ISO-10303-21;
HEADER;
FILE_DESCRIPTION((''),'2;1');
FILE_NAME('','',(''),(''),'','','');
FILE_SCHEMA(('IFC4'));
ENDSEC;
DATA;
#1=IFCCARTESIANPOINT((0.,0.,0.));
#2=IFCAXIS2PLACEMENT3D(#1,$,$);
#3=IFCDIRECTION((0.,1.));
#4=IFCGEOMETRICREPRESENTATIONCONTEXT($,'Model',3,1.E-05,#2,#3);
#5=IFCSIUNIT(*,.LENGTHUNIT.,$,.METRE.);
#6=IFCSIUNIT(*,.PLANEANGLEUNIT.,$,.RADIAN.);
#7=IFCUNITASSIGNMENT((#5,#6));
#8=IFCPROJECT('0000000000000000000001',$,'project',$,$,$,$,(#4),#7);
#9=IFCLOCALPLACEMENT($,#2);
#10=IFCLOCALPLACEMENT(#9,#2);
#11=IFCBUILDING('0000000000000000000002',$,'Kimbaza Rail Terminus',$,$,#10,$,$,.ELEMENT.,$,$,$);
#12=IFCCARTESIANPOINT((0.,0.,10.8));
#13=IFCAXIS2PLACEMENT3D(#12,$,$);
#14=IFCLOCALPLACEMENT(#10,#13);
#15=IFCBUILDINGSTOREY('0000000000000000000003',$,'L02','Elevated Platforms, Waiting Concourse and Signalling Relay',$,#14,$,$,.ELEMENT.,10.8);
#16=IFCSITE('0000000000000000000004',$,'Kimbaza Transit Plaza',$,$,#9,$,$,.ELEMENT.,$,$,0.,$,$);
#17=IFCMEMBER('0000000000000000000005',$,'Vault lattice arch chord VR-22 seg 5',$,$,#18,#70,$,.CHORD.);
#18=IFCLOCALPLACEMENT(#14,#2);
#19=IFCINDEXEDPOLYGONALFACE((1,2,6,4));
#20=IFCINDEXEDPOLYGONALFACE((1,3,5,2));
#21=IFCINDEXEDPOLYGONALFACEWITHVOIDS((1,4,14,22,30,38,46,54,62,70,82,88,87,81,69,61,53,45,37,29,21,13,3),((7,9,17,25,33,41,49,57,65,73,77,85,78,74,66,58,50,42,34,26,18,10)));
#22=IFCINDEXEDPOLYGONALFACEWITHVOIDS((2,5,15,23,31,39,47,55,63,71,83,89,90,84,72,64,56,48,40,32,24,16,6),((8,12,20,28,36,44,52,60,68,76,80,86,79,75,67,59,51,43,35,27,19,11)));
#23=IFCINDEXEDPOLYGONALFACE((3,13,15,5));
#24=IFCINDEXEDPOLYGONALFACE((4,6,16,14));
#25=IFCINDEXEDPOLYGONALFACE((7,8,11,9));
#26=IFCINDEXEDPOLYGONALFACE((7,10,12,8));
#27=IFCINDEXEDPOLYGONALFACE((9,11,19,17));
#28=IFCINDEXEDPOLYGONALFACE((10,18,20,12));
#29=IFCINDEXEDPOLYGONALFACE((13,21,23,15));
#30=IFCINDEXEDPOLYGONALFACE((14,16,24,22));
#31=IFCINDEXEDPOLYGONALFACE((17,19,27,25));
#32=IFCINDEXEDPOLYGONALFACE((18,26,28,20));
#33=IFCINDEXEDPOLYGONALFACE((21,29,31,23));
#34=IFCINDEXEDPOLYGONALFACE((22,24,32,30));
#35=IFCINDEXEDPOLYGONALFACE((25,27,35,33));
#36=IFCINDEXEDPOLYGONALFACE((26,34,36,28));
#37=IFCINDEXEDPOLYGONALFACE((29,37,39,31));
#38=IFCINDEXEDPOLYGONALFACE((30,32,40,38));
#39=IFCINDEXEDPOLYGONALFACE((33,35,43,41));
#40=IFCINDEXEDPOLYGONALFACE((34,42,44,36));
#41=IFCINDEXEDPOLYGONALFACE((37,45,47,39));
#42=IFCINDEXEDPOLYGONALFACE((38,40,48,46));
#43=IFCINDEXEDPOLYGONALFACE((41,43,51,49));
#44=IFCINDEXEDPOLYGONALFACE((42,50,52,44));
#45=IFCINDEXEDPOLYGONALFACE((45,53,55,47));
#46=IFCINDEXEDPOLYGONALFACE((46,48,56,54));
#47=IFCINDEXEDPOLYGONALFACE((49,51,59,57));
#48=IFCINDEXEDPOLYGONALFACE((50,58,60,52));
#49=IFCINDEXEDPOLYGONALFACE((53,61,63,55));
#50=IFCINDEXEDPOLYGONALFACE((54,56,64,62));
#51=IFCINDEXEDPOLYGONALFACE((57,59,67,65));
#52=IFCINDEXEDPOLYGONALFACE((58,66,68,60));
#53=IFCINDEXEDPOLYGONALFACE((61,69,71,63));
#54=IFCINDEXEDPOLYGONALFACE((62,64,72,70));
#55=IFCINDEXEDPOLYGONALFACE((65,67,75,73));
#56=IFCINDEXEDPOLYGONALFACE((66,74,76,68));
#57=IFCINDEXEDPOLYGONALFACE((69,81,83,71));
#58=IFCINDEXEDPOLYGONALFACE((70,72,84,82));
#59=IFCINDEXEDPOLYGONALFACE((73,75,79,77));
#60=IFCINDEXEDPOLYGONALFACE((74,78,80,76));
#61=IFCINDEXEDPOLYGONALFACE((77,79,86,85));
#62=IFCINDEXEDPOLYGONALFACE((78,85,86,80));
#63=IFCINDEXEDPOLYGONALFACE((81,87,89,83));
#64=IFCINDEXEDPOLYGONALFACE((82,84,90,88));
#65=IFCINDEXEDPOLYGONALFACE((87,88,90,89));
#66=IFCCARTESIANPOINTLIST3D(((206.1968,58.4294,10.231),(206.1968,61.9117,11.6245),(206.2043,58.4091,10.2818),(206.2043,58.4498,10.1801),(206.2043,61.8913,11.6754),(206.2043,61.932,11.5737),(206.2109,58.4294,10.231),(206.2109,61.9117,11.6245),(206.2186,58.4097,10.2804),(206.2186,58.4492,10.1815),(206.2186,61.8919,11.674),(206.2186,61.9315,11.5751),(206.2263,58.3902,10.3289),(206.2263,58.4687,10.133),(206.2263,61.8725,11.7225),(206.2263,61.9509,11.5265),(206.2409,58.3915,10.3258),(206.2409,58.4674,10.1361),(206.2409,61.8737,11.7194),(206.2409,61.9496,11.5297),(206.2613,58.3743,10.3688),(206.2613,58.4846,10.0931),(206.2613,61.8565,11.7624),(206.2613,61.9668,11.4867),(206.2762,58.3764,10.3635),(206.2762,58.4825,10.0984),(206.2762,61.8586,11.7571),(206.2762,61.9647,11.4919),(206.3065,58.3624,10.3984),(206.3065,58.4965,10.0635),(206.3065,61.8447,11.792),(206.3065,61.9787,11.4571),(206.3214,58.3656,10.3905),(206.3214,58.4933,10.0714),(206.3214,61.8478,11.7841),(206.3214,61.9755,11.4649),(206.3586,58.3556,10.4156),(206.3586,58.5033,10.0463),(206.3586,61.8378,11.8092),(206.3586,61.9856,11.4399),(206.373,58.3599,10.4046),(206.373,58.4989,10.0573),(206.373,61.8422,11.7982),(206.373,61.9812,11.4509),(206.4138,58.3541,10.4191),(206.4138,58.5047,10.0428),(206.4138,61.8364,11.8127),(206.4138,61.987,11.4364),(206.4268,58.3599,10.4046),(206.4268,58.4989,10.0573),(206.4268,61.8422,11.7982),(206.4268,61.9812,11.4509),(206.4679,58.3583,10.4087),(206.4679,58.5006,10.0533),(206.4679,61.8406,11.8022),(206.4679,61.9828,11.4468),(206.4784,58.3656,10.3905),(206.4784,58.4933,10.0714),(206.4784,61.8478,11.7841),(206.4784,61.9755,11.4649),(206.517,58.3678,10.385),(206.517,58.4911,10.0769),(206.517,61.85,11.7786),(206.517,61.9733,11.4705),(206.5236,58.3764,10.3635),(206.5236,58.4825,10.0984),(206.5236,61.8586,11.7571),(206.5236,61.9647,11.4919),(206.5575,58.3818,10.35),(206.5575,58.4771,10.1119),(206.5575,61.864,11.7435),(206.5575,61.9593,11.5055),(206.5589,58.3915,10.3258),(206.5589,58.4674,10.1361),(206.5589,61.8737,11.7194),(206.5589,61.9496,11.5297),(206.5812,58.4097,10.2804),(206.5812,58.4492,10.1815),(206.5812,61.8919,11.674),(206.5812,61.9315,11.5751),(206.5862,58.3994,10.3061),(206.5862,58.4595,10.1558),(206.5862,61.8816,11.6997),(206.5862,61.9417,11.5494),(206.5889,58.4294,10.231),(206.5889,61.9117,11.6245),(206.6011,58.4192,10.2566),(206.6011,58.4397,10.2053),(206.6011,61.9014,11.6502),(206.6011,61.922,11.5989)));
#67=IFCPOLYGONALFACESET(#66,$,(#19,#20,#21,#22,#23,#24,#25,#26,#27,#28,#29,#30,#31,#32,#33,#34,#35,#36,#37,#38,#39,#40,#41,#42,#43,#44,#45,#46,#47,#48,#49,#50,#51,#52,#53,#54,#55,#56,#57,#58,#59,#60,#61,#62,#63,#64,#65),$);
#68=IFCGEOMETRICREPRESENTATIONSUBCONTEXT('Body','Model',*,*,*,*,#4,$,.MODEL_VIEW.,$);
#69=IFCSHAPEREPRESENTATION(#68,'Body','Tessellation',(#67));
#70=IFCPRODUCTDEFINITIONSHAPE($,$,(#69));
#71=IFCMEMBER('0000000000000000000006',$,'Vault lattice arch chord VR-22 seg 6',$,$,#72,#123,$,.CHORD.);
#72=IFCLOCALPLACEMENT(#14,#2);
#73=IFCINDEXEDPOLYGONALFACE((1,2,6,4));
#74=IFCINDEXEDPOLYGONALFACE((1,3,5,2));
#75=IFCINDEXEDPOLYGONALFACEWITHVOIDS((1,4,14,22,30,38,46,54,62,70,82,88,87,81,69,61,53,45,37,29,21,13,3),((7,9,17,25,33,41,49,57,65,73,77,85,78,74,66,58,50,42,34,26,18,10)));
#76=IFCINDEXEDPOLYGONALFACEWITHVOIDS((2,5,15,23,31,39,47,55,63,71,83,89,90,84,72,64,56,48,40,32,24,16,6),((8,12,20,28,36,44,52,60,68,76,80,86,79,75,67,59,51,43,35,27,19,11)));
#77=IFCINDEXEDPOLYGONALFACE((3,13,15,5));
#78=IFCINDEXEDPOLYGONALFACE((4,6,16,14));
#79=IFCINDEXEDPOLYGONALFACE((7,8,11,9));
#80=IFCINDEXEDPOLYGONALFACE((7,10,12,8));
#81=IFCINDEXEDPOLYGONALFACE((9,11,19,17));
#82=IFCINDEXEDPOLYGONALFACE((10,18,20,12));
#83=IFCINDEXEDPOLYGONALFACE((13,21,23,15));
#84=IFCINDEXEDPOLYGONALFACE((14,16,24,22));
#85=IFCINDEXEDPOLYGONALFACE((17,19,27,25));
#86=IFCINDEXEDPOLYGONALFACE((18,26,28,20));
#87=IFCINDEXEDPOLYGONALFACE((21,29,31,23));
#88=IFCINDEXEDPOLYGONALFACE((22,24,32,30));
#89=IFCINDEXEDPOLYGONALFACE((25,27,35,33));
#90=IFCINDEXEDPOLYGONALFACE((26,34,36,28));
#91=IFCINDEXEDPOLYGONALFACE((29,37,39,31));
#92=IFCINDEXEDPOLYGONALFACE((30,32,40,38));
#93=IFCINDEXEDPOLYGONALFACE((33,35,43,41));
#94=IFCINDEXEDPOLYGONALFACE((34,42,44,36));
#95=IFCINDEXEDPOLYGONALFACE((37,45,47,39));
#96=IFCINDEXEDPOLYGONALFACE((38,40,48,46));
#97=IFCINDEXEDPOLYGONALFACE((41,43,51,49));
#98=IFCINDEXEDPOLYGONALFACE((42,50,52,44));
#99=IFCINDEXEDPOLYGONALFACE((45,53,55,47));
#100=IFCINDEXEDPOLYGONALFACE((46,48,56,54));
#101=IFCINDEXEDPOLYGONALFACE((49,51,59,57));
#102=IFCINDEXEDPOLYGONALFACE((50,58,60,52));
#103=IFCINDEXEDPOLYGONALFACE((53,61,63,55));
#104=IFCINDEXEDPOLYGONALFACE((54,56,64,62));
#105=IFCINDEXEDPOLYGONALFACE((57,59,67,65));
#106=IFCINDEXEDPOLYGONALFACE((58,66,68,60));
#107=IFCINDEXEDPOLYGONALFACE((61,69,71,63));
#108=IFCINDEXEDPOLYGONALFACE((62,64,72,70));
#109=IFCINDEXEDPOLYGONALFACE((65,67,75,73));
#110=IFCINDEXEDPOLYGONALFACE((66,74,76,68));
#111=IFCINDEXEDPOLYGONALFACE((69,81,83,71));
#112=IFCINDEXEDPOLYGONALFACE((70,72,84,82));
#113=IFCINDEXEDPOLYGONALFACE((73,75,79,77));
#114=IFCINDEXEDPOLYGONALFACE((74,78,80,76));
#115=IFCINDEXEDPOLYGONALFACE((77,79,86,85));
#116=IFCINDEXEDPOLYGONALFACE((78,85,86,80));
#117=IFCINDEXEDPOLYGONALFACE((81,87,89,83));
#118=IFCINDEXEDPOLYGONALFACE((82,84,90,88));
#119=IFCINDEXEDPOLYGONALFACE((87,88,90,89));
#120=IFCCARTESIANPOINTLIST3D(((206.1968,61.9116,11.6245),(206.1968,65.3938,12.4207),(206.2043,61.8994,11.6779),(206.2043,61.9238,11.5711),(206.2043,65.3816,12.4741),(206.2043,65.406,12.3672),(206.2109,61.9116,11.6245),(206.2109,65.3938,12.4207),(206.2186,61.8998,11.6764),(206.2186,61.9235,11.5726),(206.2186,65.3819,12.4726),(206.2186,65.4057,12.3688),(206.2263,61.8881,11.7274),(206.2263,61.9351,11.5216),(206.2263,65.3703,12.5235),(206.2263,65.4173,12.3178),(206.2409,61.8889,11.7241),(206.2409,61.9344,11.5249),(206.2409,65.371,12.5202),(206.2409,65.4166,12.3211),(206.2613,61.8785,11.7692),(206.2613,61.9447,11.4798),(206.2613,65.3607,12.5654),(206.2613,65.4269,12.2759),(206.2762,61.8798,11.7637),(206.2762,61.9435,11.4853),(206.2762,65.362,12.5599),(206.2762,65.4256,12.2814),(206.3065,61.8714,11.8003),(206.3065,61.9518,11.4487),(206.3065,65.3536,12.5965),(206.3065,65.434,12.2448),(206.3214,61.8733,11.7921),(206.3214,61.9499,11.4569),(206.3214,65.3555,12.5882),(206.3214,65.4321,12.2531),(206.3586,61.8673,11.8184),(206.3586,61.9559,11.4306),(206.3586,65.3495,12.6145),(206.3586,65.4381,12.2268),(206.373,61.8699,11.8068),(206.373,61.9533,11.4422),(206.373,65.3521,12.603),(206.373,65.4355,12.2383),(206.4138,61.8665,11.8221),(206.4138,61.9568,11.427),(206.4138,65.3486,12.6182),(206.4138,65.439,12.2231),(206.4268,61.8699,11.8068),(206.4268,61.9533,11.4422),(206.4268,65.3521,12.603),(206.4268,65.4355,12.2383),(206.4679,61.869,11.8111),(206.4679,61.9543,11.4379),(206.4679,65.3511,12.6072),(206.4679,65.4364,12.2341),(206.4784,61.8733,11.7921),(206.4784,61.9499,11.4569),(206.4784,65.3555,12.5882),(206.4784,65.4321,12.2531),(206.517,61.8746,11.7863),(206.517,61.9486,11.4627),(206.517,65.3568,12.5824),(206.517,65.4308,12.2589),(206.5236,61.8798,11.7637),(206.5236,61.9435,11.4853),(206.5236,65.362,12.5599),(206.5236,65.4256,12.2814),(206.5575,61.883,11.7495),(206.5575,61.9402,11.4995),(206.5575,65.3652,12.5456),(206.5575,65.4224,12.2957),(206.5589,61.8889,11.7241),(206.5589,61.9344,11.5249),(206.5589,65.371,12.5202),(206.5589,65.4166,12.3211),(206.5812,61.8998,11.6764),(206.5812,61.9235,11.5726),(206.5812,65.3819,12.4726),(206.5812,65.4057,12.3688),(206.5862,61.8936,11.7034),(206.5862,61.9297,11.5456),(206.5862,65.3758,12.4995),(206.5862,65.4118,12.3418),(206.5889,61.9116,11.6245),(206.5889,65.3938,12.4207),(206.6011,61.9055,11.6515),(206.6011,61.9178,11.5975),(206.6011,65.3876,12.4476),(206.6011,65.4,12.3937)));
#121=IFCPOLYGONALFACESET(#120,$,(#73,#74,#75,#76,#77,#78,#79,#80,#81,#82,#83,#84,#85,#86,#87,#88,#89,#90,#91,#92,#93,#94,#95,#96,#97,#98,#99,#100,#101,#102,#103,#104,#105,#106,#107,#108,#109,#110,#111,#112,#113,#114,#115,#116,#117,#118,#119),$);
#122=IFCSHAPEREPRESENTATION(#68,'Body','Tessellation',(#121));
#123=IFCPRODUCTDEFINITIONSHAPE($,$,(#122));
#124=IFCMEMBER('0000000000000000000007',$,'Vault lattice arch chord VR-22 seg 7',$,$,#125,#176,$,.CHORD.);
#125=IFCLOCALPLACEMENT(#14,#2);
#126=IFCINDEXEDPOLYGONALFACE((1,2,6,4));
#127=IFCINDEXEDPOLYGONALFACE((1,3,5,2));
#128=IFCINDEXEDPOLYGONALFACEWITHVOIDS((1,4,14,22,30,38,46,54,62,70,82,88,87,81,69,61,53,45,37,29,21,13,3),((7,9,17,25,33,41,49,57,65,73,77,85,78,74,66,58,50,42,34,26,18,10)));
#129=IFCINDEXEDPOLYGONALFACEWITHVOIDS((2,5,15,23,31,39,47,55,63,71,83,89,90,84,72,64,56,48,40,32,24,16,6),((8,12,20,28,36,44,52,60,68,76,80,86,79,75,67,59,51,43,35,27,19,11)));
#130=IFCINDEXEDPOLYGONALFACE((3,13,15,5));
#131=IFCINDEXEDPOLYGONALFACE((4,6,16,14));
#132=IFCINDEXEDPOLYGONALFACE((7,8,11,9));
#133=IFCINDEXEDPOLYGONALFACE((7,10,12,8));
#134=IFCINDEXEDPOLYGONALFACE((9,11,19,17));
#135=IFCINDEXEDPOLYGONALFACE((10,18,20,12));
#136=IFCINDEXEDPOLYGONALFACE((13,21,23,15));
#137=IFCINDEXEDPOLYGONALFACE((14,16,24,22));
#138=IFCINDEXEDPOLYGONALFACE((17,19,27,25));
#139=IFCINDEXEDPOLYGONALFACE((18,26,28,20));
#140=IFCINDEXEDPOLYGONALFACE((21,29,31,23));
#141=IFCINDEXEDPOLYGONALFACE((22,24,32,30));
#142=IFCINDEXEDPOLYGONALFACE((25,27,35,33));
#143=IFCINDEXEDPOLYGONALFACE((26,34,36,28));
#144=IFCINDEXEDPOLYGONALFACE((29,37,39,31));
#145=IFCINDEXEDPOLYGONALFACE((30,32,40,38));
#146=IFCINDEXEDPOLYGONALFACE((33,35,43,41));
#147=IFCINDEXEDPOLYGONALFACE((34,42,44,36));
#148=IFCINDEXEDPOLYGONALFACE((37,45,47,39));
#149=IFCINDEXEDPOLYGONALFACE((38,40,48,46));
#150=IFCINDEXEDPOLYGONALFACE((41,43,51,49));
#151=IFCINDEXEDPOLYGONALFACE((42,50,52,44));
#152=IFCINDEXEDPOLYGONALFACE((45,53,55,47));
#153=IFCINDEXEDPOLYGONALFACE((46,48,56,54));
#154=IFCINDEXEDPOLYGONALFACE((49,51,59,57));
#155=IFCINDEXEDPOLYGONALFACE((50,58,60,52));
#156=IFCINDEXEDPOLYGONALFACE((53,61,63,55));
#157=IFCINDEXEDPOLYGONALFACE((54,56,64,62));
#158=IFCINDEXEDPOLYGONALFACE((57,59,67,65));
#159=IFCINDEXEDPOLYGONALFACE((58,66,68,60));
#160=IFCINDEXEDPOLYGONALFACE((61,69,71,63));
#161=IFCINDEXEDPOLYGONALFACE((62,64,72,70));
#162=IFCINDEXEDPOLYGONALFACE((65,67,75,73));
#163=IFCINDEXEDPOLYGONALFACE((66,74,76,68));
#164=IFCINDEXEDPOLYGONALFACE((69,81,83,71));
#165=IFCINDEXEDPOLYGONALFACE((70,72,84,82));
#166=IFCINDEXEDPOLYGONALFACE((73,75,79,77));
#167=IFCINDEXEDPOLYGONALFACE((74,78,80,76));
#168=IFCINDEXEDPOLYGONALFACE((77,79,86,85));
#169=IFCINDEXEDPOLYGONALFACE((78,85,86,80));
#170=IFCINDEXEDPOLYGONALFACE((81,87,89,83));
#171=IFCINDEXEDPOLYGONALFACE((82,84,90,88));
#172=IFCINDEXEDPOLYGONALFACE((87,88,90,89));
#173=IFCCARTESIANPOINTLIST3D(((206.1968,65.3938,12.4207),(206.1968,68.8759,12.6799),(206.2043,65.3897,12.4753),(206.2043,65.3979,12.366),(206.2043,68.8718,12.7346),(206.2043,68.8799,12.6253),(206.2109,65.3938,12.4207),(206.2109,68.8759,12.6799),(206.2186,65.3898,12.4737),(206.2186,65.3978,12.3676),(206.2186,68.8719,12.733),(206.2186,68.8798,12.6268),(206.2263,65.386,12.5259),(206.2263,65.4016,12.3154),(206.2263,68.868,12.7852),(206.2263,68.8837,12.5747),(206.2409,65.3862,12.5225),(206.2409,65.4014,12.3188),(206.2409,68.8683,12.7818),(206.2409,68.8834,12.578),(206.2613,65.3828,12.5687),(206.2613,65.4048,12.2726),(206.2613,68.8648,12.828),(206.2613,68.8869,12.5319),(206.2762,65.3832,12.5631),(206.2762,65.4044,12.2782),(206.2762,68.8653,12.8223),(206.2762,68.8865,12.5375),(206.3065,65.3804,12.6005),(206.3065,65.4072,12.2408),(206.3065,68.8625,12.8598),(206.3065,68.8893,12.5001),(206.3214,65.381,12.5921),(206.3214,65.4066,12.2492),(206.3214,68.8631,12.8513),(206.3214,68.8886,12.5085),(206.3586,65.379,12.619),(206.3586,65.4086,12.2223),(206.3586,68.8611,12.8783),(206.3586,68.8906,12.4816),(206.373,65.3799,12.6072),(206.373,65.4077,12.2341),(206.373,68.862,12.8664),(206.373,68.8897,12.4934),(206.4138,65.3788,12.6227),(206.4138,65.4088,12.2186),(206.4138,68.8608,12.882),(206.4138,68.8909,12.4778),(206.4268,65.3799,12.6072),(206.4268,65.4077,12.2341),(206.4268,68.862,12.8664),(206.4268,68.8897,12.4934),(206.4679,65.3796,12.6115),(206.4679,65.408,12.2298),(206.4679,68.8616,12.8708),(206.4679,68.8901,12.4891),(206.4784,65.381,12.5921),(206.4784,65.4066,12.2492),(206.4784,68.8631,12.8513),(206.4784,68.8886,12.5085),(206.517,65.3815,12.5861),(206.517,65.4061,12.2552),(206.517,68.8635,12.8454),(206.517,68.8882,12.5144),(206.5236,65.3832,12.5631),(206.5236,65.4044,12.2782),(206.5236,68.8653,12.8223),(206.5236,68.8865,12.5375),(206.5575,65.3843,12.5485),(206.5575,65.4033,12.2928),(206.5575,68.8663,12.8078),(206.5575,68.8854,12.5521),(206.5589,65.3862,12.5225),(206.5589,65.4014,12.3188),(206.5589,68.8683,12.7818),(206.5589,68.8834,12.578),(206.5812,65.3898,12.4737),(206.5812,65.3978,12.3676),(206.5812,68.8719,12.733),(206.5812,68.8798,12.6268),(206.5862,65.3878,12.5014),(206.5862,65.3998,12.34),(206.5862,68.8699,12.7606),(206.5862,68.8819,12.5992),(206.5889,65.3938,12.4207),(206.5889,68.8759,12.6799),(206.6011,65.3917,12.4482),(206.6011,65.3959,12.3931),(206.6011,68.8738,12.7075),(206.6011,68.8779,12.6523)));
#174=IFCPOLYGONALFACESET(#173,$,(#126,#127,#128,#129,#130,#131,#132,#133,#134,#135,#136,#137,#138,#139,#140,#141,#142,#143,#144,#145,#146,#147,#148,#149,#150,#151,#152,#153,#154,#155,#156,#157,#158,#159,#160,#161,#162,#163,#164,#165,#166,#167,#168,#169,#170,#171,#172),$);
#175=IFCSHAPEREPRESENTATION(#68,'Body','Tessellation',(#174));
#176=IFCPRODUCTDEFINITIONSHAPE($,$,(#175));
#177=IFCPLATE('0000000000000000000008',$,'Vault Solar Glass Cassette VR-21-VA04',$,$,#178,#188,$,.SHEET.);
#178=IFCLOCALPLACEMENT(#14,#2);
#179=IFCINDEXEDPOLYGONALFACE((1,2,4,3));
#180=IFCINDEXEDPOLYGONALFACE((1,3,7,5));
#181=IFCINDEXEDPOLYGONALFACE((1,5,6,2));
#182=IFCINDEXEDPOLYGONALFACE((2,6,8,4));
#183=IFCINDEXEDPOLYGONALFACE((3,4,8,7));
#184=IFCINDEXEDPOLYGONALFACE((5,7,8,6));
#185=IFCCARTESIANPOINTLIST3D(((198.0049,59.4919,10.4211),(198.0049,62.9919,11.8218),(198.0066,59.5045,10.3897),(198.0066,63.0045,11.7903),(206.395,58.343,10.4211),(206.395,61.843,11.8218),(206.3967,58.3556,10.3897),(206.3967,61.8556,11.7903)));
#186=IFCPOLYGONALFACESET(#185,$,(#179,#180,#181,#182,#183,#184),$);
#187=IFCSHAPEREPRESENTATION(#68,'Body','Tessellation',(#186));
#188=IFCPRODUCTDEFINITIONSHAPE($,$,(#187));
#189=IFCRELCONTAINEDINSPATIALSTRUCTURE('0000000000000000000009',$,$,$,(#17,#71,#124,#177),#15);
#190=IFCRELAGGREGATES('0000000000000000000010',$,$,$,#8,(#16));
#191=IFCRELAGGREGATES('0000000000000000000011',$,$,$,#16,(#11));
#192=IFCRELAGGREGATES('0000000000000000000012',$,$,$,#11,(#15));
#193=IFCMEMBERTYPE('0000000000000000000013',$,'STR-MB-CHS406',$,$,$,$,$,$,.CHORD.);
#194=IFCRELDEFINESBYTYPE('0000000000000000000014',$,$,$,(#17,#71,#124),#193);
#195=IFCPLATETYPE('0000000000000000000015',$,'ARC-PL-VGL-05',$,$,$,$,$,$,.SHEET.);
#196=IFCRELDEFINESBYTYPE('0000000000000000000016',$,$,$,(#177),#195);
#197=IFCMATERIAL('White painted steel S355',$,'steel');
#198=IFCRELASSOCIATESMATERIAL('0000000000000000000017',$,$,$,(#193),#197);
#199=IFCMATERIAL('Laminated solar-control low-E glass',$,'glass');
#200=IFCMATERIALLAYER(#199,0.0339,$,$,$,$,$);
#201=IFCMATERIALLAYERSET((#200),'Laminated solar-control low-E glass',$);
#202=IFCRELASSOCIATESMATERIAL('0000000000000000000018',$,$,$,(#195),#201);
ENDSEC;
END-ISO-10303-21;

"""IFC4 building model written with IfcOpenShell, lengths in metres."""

from ifc_helpers import new_model, si_unit, direction, frame, origin, origin_2d, place, context, subcontext, project, spatial, polyline, hollow_circle, outline, extrude, material, layer, layer_set, material_profile, profile_set, type_object, element, save


model = new_model("IFC4")

# Units and contexts
model_context = context("Model", 3, precision=1e-05, world=origin(), true_north=direction((0.0, 1.0)))
body_context = subcontext(model_context, "Body", "Model", "MODEL_VIEW")
ifc_project = project(units=[si_unit("LENGTHUNIT", "METRE"), si_unit("PLANEANGLEUNIT", "RADIAN")], contexts=[model_context])

# Site, building, storey
site_placement = place(None, origin())
site = spatial("IfcSite", under=ifc_project, at=site_placement, Name="Kimbaza Transit Plaza", CompositionType="ELEMENT", RefElevation=0.0)
building_placement = place(site_placement, origin())
building = spatial("IfcBuilding", under=site, at=building_placement, Name="Kimbaza Rail Terminus", CompositionType="ELEMENT")
storey_placement = place(building_placement, frame((0.0, 0.0, 10.8)))
storey = spatial("IfcBuildingStorey", under=building, at=storey_placement, Name="L02", Description="Elevated Platforms, Waiting Concourse and Signalling Relay", CompositionType="ELEMENT", Elevation=10.8)

# Members
ifc_material_1 = material(Name="White painted steel S355", Category="steel")
ifc_material_profile_1 = material_profile(ifc_material_1, hollow_circle(Radius=0.2031, WallThickness=0.0142, at=origin_2d()), Name="CHS 406.4x14.2")
ifc_profile_set_1 = profile_set([ifc_material_profile_1], Name="White painted steel S355")
member_type_1 = type_object("IfcMemberType", Name="STR-MB-CHS406", PredefinedType="CHORD", material=ifc_profile_set_1)
member_1_placement = place(storey_placement, frame((206.3999, 58.4294, 10.231), z_axis=(0.0, 0.928414, 0.371548), x_axis=(-1.0, 0.0, 0.0)))
element("IfcMember", 1, at=member_1_placement, inside=storey, type_object=member_type_1, Name="Vault lattice arch chord VR-22 seg 5", PredefinedType="CHORD", context=body_context, shape_type="SweptSolid", body=[
    extrude(hollow_circle(Radius=0.2031, WallThickness=0.0142, at=origin_2d()), origin(), (0.0, 0.0, 1.0), 3.7507),
])
member_2_placement = place(storey_placement, frame((206.3999, 61.9116, 11.6245), z_axis=(0.0, 0.974845, 0.222882), x_axis=(-1.0, 0.0, 0.0)))
element("IfcMember", 2, at=member_2_placement, inside=storey, type_object=member_type_1, Name="Vault lattice arch chord VR-22 seg 6", PredefinedType="CHORD", context=body_context, shape_type="SweptSolid", body=[
    extrude(hollow_circle(Radius=0.2031, WallThickness=0.0142, at=origin_2d()), origin(), (0.0, 0.0, 1.0), 3.572),
])
member_3_placement = place(storey_placement, frame((206.3999, 65.3938, 12.4207), z_axis=(0.0, 0.997239, 0.074253), x_axis=(-1.0, 0.0, 0.0)))
element("IfcMember", 3, at=member_3_placement, inside=storey, type_object=member_type_1, Name="Vault lattice arch chord VR-22 seg 7", PredefinedType="CHORD", context=body_context, shape_type="SweptSolid", body=[
    extrude(hollow_circle(Radius=0.2031, WallThickness=0.0142, at=origin_2d()), origin(), (0.0, 0.0, 1.0), 3.4917),
])

# Plate
ifc_material_2 = material(Name="Laminated solar-control low-E glass", Category="glass")
ifc_layer_1 = layer(ifc_material_2, 0.0339)
ifc_layer_set_1 = layer_set([ifc_layer_1], Name="Laminated solar-control low-E glass")
plate_type_1 = type_object("IfcPlateType", Name="ARC-PL-VGL-05", PredefinedType="SHEET", material=ifc_layer_set_1)
plate_1_placement = place(storey_placement, frame((198.0049, 59.4919, 10.4211), z_axis=(-0.050812, -0.371056, 0.927219), x_axis=(0.990754, -0.135672, 0.0)))
element("IfcPlate", 4, at=plate_1_placement, inside=storey, type_object=plate_type_1, Name="Vault Solar Glass Cassette VR-21-VA04", PredefinedType="SHEET", context=body_context, shape_type="SweptSolid", body=[
    extrude(outline(polyline([(0.0, 0.0), (8.4684, 0.0), (7.9936, 3.7398), (-0.4749, 3.7398), (0.0, 0.0)])), origin(), (0.0, 0.0, -1.0), 0.0339),
])

save(model, "model.ifc")
